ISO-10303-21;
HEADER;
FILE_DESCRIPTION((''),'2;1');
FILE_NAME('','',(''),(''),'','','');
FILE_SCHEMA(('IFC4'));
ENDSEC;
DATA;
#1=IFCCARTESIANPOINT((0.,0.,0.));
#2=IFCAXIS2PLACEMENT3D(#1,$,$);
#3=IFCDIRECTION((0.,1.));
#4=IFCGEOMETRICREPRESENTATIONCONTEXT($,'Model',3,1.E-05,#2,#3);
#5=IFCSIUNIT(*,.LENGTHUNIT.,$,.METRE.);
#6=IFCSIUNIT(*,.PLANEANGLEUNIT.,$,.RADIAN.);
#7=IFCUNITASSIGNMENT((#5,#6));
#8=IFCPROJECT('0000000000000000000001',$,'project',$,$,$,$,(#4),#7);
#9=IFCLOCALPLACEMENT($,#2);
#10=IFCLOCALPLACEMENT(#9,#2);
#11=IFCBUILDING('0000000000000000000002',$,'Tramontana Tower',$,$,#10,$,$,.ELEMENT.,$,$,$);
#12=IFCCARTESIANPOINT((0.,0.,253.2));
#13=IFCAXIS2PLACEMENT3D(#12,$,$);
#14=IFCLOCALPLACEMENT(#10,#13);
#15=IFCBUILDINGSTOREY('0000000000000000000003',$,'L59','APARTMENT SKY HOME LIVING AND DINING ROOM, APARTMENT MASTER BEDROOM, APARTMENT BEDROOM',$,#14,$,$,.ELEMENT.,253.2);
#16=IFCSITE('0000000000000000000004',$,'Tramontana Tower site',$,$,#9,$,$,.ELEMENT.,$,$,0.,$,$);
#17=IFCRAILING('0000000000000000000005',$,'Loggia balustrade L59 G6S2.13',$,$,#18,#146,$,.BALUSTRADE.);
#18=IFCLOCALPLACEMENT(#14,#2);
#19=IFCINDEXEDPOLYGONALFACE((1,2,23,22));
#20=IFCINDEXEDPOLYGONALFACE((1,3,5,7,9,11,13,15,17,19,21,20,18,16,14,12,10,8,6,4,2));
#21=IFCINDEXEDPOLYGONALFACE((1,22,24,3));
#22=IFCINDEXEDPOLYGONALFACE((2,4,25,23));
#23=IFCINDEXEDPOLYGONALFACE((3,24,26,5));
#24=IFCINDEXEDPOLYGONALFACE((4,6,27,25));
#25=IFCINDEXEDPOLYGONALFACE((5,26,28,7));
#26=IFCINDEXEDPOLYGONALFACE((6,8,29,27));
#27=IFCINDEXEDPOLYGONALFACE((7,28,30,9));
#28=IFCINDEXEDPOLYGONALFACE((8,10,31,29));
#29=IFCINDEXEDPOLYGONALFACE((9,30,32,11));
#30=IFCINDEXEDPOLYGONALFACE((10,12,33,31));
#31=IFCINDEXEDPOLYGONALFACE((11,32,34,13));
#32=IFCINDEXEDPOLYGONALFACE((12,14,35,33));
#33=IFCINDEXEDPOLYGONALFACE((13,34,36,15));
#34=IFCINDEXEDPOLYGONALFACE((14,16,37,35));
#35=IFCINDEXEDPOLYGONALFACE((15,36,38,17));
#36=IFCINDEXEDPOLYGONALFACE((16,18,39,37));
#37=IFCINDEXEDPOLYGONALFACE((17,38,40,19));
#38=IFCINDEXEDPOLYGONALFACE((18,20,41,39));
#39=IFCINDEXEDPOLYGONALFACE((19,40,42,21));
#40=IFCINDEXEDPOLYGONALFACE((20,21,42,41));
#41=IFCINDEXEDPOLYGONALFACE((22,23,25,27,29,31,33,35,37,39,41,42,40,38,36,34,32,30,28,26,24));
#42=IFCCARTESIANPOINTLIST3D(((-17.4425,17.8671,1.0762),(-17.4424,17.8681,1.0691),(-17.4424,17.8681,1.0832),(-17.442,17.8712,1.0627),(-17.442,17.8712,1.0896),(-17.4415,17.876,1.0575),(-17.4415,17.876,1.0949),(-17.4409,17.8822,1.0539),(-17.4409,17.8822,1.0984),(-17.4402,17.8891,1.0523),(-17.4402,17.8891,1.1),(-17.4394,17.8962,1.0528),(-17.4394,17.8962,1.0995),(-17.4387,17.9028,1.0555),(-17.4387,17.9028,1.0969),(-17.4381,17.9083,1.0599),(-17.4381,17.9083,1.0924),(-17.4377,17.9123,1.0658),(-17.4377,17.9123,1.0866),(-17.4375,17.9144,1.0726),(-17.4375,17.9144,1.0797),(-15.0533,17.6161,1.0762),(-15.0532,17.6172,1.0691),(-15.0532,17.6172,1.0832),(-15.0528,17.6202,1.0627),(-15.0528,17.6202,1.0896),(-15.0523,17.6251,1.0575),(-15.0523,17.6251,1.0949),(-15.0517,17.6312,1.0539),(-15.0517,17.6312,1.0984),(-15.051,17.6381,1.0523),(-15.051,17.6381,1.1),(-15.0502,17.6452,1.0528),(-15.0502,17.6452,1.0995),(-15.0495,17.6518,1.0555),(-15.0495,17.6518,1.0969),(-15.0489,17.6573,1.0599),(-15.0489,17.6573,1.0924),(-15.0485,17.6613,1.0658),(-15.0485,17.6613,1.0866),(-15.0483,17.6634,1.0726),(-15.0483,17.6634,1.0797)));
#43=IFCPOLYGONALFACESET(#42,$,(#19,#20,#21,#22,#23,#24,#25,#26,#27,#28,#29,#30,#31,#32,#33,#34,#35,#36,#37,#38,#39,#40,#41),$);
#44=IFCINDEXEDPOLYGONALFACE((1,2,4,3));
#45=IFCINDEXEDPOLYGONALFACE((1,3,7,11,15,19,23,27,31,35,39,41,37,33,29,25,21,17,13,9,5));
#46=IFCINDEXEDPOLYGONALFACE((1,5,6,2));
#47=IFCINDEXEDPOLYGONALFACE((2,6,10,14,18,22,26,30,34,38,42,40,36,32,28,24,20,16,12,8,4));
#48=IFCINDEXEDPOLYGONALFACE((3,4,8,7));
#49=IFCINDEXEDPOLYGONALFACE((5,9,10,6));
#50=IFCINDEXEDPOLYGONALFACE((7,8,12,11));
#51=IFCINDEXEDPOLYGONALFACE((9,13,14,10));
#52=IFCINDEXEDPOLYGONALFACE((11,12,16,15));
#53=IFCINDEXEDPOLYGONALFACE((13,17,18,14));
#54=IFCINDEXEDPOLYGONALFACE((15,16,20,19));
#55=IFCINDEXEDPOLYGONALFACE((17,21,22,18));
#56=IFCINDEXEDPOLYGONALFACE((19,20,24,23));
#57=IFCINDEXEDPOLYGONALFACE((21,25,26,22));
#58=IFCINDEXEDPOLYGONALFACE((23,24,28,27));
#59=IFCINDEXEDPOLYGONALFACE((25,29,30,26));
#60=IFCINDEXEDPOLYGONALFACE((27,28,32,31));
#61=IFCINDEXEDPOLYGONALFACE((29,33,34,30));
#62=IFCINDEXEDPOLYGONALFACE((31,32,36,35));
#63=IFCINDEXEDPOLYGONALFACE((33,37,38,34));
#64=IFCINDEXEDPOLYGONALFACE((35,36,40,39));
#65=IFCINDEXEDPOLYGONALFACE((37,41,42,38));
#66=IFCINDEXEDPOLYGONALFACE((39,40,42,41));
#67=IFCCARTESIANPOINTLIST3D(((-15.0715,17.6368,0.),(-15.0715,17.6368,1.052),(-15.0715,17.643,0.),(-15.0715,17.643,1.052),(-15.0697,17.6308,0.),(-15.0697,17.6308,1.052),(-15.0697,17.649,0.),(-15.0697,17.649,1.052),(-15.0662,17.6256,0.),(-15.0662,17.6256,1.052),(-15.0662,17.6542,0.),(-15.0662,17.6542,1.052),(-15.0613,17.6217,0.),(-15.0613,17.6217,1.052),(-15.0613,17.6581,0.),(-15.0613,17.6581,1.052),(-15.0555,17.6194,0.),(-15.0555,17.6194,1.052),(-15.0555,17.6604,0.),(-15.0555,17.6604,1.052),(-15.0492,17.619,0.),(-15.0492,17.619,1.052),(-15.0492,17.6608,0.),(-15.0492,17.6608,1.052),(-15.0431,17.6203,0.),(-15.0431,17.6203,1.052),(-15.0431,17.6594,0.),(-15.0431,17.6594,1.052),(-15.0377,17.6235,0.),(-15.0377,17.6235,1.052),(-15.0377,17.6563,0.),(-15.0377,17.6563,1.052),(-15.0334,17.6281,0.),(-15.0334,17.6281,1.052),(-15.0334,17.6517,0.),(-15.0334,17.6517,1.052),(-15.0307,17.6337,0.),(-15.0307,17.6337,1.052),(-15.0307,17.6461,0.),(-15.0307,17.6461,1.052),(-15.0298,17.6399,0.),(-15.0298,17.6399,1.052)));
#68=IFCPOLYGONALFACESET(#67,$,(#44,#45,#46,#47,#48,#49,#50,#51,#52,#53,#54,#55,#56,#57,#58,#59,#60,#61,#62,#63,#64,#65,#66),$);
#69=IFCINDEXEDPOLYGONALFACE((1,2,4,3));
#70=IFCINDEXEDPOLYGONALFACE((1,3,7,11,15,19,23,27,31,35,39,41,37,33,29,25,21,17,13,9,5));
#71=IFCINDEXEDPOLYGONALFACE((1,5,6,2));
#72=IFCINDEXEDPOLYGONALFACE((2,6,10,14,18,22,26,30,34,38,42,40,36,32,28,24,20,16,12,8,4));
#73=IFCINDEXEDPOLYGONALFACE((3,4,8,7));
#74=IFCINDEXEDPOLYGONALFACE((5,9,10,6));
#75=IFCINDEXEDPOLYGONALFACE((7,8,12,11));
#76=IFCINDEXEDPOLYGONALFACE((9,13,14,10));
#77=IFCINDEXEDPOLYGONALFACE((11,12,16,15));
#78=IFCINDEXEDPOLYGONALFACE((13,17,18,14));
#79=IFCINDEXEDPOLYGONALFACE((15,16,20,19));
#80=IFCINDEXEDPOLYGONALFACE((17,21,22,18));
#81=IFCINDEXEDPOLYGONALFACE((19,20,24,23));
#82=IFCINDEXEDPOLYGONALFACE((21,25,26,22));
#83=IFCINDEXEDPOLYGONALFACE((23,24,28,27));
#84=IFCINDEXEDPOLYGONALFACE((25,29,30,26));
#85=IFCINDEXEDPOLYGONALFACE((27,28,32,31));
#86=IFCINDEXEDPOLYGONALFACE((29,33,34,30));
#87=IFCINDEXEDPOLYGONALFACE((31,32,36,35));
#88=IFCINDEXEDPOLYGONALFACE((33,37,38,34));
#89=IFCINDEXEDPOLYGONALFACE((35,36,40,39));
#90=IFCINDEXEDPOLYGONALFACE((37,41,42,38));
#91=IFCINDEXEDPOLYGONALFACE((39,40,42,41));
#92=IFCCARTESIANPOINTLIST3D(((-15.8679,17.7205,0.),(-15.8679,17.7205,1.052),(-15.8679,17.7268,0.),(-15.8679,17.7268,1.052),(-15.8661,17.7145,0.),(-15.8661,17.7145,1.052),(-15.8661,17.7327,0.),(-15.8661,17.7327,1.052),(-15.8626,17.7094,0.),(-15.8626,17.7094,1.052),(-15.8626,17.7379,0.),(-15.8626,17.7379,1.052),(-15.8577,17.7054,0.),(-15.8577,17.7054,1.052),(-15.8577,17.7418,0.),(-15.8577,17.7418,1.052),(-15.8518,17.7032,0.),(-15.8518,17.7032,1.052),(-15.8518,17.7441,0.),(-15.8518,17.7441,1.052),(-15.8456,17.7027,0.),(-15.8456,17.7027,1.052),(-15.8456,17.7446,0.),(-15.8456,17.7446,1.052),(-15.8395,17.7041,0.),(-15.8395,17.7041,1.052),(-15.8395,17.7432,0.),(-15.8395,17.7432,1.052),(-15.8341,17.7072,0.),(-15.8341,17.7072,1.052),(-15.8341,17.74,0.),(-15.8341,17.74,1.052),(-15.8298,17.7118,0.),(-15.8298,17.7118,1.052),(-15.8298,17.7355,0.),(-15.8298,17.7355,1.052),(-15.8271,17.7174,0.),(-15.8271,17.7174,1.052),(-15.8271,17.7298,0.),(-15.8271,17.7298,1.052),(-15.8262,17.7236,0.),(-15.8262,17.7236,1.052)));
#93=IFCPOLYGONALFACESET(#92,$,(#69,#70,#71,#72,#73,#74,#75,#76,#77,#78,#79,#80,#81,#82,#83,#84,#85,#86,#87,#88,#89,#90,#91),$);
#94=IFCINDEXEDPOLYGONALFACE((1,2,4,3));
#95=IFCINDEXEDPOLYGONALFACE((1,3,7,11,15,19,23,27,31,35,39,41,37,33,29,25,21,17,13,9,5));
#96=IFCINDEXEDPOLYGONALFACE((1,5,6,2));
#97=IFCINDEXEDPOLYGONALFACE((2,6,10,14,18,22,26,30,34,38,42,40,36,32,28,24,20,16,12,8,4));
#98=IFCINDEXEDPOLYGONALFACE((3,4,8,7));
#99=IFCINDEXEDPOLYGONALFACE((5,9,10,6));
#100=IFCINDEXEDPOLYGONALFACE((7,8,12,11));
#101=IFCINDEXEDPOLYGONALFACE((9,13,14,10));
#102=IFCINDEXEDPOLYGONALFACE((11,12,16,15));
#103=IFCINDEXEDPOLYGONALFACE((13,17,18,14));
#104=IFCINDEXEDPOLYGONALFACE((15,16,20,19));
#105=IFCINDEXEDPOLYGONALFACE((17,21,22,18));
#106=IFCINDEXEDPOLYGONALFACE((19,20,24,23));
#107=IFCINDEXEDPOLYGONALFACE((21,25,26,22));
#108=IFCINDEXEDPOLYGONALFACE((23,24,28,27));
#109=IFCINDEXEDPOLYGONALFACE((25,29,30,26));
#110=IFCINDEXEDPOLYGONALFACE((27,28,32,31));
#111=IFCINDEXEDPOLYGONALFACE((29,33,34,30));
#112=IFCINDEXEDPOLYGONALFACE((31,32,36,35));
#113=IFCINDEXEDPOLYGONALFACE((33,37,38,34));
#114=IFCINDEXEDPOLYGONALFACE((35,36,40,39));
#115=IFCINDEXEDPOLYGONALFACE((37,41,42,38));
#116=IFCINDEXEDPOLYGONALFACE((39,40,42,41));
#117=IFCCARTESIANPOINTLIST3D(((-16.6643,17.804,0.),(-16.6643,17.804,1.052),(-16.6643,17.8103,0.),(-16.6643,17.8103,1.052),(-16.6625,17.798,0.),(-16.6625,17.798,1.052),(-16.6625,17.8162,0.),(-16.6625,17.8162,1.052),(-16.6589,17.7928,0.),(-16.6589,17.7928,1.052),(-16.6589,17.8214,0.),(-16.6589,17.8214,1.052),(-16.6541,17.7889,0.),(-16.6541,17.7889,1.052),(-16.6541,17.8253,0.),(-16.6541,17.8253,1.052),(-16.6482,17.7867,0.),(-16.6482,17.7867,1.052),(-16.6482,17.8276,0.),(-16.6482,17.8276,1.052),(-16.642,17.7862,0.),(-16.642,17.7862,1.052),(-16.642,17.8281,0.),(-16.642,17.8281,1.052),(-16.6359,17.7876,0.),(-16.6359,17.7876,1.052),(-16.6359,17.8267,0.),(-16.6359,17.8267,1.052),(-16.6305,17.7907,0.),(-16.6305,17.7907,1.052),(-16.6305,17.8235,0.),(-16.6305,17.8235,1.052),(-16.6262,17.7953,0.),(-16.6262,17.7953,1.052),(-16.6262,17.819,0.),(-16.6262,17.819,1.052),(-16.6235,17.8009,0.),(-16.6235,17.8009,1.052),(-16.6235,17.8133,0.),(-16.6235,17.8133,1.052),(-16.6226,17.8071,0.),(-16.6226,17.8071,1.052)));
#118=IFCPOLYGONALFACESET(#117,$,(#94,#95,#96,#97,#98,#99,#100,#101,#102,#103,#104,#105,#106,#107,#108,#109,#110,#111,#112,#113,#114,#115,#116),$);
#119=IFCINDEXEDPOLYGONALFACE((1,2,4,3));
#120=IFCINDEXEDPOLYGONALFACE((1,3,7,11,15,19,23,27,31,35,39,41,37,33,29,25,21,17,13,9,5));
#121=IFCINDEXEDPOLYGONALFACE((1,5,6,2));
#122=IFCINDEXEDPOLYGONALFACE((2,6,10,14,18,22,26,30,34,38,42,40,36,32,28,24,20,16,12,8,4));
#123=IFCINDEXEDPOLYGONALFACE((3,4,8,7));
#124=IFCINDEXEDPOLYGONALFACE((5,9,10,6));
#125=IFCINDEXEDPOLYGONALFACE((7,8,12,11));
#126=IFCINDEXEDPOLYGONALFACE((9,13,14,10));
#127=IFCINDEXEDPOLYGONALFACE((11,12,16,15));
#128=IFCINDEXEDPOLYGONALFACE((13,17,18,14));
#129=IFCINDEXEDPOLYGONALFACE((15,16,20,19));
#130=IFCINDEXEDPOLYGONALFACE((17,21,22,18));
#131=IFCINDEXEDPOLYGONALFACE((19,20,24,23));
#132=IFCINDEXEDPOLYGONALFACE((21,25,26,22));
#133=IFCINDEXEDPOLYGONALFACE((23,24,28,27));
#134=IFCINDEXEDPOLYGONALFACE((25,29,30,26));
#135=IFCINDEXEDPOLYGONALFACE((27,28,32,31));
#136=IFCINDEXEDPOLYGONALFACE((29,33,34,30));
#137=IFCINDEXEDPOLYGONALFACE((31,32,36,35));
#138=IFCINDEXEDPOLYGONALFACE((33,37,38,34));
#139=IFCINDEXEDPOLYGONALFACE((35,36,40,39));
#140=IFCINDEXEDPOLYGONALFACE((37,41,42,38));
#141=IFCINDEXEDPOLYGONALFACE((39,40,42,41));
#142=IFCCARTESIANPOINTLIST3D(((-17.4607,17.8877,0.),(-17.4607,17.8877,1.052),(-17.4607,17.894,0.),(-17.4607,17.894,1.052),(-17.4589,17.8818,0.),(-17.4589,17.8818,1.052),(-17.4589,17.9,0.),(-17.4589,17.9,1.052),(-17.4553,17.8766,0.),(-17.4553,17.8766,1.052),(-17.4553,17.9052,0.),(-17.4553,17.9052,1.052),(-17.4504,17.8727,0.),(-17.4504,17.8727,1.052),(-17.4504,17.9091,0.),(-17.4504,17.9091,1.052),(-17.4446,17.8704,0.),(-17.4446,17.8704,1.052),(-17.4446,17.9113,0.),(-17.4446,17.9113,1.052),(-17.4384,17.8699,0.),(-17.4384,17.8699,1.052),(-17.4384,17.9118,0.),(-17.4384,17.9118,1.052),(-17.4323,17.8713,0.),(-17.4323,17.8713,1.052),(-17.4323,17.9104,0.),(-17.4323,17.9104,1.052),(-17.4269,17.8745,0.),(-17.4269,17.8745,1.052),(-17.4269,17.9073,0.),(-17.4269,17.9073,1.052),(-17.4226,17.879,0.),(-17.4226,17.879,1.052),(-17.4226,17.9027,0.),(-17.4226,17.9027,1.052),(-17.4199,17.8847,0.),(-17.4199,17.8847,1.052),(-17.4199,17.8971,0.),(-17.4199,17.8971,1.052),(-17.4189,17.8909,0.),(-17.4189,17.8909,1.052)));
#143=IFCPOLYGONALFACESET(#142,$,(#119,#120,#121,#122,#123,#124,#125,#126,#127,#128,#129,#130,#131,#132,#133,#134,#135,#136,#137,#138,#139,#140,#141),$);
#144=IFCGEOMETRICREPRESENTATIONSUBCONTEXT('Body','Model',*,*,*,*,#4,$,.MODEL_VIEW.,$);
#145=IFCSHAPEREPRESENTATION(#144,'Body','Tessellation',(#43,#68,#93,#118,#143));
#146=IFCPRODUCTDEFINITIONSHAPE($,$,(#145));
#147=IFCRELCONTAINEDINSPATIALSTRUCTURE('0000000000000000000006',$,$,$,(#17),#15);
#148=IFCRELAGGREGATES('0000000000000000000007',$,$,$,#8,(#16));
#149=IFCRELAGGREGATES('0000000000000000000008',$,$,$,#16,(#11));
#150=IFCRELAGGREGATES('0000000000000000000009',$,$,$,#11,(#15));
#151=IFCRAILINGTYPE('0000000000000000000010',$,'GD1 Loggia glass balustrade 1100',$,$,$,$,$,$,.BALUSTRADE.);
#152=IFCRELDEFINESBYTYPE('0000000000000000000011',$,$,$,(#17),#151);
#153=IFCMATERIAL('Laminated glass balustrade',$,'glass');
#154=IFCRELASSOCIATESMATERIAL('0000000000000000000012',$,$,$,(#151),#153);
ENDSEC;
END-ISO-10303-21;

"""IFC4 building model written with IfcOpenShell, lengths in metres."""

from ifc_helpers import new_model, si_unit, direction, frame, origin, origin_2d, place, context, subcontext, project, spatial, circle, extrude, material, type_object, element, save


model = new_model("IFC4")

# Units and contexts
model_context = context("Model", 3, precision=1e-05, world=origin(), true_north=direction((0.0, 1.0)))
body_context = subcontext(model_context, "Body", "Model", "MODEL_VIEW")
ifc_project = project(units=[si_unit("LENGTHUNIT", "METRE"), si_unit("PLANEANGLEUNIT", "RADIAN")], contexts=[model_context])

# Site, building, storey
site_placement = place(None, origin())
site = spatial("IfcSite", under=ifc_project, at=site_placement, Name="Tramontana Tower site", CompositionType="ELEMENT", RefElevation=0.0)
building_placement = place(site_placement, origin())
building = spatial("IfcBuilding", under=site, at=building_placement, Name="Tramontana Tower", CompositionType="ELEMENT")
storey_placement = place(building_placement, frame((0.0, 0.0, 253.2)))
storey = spatial("IfcBuildingStorey", under=building, at=storey_placement, Name="L59", Description="APARTMENT SKY HOME LIVING AND DINING ROOM, APARTMENT MASTER BEDROOM, APARTMENT BEDROOM", CompositionType="ELEMENT", Elevation=253.2)

# Railing
ifc_material_1 = material(Name="Laminated glass balustrade", Category="glass")
railing_type = type_object("IfcRailingType", Name="GD1 Loggia glass balustrade 1100", PredefinedType="BALUSTRADE", material=ifc_material_1)
railing_1_placement = place(storey_placement, frame((-15.0508, 17.6399, 0.0)))
element("IfcRailing", 1, at=railing_1_placement, inside=storey, type_object=railing_type, Name="Loggia balustrade L59 G6S2.13", PredefinedType="BALUSTRADE", context=body_context, shape_type="SweptSolid", body=[
    extrude(circle(Radius=0.0239, at=origin_2d()), frame((0.0, 0.0, 1.0762), z_axis=(-0.994528, 0.104473, 0.0), x_axis=(-0.104473, -0.994528, 0.0)), (0.0, 0.0, 1.0), 2.4023),
    extrude(circle(Radius=0.021, at=origin_2d()), origin(), (0.0, 0.0, 1.0), 1.052),
    extrude(circle(Radius=0.021, at=origin_2d()), frame((-0.7964, 0.0837, 0.0)), (0.0, 0.0, 1.0), 1.052),
    extrude(circle(Radius=0.021, at=origin_2d()), frame((-1.5928, 0.1672, 0.0)), (0.0, 0.0, 1.0), 1.052),
    extrude(circle(Radius=0.021, at=origin_2d()), frame((-2.3892, 0.251, 0.0)), (0.0, 0.0, 1.0), 1.052),
])

save(model, "model.ifc")
